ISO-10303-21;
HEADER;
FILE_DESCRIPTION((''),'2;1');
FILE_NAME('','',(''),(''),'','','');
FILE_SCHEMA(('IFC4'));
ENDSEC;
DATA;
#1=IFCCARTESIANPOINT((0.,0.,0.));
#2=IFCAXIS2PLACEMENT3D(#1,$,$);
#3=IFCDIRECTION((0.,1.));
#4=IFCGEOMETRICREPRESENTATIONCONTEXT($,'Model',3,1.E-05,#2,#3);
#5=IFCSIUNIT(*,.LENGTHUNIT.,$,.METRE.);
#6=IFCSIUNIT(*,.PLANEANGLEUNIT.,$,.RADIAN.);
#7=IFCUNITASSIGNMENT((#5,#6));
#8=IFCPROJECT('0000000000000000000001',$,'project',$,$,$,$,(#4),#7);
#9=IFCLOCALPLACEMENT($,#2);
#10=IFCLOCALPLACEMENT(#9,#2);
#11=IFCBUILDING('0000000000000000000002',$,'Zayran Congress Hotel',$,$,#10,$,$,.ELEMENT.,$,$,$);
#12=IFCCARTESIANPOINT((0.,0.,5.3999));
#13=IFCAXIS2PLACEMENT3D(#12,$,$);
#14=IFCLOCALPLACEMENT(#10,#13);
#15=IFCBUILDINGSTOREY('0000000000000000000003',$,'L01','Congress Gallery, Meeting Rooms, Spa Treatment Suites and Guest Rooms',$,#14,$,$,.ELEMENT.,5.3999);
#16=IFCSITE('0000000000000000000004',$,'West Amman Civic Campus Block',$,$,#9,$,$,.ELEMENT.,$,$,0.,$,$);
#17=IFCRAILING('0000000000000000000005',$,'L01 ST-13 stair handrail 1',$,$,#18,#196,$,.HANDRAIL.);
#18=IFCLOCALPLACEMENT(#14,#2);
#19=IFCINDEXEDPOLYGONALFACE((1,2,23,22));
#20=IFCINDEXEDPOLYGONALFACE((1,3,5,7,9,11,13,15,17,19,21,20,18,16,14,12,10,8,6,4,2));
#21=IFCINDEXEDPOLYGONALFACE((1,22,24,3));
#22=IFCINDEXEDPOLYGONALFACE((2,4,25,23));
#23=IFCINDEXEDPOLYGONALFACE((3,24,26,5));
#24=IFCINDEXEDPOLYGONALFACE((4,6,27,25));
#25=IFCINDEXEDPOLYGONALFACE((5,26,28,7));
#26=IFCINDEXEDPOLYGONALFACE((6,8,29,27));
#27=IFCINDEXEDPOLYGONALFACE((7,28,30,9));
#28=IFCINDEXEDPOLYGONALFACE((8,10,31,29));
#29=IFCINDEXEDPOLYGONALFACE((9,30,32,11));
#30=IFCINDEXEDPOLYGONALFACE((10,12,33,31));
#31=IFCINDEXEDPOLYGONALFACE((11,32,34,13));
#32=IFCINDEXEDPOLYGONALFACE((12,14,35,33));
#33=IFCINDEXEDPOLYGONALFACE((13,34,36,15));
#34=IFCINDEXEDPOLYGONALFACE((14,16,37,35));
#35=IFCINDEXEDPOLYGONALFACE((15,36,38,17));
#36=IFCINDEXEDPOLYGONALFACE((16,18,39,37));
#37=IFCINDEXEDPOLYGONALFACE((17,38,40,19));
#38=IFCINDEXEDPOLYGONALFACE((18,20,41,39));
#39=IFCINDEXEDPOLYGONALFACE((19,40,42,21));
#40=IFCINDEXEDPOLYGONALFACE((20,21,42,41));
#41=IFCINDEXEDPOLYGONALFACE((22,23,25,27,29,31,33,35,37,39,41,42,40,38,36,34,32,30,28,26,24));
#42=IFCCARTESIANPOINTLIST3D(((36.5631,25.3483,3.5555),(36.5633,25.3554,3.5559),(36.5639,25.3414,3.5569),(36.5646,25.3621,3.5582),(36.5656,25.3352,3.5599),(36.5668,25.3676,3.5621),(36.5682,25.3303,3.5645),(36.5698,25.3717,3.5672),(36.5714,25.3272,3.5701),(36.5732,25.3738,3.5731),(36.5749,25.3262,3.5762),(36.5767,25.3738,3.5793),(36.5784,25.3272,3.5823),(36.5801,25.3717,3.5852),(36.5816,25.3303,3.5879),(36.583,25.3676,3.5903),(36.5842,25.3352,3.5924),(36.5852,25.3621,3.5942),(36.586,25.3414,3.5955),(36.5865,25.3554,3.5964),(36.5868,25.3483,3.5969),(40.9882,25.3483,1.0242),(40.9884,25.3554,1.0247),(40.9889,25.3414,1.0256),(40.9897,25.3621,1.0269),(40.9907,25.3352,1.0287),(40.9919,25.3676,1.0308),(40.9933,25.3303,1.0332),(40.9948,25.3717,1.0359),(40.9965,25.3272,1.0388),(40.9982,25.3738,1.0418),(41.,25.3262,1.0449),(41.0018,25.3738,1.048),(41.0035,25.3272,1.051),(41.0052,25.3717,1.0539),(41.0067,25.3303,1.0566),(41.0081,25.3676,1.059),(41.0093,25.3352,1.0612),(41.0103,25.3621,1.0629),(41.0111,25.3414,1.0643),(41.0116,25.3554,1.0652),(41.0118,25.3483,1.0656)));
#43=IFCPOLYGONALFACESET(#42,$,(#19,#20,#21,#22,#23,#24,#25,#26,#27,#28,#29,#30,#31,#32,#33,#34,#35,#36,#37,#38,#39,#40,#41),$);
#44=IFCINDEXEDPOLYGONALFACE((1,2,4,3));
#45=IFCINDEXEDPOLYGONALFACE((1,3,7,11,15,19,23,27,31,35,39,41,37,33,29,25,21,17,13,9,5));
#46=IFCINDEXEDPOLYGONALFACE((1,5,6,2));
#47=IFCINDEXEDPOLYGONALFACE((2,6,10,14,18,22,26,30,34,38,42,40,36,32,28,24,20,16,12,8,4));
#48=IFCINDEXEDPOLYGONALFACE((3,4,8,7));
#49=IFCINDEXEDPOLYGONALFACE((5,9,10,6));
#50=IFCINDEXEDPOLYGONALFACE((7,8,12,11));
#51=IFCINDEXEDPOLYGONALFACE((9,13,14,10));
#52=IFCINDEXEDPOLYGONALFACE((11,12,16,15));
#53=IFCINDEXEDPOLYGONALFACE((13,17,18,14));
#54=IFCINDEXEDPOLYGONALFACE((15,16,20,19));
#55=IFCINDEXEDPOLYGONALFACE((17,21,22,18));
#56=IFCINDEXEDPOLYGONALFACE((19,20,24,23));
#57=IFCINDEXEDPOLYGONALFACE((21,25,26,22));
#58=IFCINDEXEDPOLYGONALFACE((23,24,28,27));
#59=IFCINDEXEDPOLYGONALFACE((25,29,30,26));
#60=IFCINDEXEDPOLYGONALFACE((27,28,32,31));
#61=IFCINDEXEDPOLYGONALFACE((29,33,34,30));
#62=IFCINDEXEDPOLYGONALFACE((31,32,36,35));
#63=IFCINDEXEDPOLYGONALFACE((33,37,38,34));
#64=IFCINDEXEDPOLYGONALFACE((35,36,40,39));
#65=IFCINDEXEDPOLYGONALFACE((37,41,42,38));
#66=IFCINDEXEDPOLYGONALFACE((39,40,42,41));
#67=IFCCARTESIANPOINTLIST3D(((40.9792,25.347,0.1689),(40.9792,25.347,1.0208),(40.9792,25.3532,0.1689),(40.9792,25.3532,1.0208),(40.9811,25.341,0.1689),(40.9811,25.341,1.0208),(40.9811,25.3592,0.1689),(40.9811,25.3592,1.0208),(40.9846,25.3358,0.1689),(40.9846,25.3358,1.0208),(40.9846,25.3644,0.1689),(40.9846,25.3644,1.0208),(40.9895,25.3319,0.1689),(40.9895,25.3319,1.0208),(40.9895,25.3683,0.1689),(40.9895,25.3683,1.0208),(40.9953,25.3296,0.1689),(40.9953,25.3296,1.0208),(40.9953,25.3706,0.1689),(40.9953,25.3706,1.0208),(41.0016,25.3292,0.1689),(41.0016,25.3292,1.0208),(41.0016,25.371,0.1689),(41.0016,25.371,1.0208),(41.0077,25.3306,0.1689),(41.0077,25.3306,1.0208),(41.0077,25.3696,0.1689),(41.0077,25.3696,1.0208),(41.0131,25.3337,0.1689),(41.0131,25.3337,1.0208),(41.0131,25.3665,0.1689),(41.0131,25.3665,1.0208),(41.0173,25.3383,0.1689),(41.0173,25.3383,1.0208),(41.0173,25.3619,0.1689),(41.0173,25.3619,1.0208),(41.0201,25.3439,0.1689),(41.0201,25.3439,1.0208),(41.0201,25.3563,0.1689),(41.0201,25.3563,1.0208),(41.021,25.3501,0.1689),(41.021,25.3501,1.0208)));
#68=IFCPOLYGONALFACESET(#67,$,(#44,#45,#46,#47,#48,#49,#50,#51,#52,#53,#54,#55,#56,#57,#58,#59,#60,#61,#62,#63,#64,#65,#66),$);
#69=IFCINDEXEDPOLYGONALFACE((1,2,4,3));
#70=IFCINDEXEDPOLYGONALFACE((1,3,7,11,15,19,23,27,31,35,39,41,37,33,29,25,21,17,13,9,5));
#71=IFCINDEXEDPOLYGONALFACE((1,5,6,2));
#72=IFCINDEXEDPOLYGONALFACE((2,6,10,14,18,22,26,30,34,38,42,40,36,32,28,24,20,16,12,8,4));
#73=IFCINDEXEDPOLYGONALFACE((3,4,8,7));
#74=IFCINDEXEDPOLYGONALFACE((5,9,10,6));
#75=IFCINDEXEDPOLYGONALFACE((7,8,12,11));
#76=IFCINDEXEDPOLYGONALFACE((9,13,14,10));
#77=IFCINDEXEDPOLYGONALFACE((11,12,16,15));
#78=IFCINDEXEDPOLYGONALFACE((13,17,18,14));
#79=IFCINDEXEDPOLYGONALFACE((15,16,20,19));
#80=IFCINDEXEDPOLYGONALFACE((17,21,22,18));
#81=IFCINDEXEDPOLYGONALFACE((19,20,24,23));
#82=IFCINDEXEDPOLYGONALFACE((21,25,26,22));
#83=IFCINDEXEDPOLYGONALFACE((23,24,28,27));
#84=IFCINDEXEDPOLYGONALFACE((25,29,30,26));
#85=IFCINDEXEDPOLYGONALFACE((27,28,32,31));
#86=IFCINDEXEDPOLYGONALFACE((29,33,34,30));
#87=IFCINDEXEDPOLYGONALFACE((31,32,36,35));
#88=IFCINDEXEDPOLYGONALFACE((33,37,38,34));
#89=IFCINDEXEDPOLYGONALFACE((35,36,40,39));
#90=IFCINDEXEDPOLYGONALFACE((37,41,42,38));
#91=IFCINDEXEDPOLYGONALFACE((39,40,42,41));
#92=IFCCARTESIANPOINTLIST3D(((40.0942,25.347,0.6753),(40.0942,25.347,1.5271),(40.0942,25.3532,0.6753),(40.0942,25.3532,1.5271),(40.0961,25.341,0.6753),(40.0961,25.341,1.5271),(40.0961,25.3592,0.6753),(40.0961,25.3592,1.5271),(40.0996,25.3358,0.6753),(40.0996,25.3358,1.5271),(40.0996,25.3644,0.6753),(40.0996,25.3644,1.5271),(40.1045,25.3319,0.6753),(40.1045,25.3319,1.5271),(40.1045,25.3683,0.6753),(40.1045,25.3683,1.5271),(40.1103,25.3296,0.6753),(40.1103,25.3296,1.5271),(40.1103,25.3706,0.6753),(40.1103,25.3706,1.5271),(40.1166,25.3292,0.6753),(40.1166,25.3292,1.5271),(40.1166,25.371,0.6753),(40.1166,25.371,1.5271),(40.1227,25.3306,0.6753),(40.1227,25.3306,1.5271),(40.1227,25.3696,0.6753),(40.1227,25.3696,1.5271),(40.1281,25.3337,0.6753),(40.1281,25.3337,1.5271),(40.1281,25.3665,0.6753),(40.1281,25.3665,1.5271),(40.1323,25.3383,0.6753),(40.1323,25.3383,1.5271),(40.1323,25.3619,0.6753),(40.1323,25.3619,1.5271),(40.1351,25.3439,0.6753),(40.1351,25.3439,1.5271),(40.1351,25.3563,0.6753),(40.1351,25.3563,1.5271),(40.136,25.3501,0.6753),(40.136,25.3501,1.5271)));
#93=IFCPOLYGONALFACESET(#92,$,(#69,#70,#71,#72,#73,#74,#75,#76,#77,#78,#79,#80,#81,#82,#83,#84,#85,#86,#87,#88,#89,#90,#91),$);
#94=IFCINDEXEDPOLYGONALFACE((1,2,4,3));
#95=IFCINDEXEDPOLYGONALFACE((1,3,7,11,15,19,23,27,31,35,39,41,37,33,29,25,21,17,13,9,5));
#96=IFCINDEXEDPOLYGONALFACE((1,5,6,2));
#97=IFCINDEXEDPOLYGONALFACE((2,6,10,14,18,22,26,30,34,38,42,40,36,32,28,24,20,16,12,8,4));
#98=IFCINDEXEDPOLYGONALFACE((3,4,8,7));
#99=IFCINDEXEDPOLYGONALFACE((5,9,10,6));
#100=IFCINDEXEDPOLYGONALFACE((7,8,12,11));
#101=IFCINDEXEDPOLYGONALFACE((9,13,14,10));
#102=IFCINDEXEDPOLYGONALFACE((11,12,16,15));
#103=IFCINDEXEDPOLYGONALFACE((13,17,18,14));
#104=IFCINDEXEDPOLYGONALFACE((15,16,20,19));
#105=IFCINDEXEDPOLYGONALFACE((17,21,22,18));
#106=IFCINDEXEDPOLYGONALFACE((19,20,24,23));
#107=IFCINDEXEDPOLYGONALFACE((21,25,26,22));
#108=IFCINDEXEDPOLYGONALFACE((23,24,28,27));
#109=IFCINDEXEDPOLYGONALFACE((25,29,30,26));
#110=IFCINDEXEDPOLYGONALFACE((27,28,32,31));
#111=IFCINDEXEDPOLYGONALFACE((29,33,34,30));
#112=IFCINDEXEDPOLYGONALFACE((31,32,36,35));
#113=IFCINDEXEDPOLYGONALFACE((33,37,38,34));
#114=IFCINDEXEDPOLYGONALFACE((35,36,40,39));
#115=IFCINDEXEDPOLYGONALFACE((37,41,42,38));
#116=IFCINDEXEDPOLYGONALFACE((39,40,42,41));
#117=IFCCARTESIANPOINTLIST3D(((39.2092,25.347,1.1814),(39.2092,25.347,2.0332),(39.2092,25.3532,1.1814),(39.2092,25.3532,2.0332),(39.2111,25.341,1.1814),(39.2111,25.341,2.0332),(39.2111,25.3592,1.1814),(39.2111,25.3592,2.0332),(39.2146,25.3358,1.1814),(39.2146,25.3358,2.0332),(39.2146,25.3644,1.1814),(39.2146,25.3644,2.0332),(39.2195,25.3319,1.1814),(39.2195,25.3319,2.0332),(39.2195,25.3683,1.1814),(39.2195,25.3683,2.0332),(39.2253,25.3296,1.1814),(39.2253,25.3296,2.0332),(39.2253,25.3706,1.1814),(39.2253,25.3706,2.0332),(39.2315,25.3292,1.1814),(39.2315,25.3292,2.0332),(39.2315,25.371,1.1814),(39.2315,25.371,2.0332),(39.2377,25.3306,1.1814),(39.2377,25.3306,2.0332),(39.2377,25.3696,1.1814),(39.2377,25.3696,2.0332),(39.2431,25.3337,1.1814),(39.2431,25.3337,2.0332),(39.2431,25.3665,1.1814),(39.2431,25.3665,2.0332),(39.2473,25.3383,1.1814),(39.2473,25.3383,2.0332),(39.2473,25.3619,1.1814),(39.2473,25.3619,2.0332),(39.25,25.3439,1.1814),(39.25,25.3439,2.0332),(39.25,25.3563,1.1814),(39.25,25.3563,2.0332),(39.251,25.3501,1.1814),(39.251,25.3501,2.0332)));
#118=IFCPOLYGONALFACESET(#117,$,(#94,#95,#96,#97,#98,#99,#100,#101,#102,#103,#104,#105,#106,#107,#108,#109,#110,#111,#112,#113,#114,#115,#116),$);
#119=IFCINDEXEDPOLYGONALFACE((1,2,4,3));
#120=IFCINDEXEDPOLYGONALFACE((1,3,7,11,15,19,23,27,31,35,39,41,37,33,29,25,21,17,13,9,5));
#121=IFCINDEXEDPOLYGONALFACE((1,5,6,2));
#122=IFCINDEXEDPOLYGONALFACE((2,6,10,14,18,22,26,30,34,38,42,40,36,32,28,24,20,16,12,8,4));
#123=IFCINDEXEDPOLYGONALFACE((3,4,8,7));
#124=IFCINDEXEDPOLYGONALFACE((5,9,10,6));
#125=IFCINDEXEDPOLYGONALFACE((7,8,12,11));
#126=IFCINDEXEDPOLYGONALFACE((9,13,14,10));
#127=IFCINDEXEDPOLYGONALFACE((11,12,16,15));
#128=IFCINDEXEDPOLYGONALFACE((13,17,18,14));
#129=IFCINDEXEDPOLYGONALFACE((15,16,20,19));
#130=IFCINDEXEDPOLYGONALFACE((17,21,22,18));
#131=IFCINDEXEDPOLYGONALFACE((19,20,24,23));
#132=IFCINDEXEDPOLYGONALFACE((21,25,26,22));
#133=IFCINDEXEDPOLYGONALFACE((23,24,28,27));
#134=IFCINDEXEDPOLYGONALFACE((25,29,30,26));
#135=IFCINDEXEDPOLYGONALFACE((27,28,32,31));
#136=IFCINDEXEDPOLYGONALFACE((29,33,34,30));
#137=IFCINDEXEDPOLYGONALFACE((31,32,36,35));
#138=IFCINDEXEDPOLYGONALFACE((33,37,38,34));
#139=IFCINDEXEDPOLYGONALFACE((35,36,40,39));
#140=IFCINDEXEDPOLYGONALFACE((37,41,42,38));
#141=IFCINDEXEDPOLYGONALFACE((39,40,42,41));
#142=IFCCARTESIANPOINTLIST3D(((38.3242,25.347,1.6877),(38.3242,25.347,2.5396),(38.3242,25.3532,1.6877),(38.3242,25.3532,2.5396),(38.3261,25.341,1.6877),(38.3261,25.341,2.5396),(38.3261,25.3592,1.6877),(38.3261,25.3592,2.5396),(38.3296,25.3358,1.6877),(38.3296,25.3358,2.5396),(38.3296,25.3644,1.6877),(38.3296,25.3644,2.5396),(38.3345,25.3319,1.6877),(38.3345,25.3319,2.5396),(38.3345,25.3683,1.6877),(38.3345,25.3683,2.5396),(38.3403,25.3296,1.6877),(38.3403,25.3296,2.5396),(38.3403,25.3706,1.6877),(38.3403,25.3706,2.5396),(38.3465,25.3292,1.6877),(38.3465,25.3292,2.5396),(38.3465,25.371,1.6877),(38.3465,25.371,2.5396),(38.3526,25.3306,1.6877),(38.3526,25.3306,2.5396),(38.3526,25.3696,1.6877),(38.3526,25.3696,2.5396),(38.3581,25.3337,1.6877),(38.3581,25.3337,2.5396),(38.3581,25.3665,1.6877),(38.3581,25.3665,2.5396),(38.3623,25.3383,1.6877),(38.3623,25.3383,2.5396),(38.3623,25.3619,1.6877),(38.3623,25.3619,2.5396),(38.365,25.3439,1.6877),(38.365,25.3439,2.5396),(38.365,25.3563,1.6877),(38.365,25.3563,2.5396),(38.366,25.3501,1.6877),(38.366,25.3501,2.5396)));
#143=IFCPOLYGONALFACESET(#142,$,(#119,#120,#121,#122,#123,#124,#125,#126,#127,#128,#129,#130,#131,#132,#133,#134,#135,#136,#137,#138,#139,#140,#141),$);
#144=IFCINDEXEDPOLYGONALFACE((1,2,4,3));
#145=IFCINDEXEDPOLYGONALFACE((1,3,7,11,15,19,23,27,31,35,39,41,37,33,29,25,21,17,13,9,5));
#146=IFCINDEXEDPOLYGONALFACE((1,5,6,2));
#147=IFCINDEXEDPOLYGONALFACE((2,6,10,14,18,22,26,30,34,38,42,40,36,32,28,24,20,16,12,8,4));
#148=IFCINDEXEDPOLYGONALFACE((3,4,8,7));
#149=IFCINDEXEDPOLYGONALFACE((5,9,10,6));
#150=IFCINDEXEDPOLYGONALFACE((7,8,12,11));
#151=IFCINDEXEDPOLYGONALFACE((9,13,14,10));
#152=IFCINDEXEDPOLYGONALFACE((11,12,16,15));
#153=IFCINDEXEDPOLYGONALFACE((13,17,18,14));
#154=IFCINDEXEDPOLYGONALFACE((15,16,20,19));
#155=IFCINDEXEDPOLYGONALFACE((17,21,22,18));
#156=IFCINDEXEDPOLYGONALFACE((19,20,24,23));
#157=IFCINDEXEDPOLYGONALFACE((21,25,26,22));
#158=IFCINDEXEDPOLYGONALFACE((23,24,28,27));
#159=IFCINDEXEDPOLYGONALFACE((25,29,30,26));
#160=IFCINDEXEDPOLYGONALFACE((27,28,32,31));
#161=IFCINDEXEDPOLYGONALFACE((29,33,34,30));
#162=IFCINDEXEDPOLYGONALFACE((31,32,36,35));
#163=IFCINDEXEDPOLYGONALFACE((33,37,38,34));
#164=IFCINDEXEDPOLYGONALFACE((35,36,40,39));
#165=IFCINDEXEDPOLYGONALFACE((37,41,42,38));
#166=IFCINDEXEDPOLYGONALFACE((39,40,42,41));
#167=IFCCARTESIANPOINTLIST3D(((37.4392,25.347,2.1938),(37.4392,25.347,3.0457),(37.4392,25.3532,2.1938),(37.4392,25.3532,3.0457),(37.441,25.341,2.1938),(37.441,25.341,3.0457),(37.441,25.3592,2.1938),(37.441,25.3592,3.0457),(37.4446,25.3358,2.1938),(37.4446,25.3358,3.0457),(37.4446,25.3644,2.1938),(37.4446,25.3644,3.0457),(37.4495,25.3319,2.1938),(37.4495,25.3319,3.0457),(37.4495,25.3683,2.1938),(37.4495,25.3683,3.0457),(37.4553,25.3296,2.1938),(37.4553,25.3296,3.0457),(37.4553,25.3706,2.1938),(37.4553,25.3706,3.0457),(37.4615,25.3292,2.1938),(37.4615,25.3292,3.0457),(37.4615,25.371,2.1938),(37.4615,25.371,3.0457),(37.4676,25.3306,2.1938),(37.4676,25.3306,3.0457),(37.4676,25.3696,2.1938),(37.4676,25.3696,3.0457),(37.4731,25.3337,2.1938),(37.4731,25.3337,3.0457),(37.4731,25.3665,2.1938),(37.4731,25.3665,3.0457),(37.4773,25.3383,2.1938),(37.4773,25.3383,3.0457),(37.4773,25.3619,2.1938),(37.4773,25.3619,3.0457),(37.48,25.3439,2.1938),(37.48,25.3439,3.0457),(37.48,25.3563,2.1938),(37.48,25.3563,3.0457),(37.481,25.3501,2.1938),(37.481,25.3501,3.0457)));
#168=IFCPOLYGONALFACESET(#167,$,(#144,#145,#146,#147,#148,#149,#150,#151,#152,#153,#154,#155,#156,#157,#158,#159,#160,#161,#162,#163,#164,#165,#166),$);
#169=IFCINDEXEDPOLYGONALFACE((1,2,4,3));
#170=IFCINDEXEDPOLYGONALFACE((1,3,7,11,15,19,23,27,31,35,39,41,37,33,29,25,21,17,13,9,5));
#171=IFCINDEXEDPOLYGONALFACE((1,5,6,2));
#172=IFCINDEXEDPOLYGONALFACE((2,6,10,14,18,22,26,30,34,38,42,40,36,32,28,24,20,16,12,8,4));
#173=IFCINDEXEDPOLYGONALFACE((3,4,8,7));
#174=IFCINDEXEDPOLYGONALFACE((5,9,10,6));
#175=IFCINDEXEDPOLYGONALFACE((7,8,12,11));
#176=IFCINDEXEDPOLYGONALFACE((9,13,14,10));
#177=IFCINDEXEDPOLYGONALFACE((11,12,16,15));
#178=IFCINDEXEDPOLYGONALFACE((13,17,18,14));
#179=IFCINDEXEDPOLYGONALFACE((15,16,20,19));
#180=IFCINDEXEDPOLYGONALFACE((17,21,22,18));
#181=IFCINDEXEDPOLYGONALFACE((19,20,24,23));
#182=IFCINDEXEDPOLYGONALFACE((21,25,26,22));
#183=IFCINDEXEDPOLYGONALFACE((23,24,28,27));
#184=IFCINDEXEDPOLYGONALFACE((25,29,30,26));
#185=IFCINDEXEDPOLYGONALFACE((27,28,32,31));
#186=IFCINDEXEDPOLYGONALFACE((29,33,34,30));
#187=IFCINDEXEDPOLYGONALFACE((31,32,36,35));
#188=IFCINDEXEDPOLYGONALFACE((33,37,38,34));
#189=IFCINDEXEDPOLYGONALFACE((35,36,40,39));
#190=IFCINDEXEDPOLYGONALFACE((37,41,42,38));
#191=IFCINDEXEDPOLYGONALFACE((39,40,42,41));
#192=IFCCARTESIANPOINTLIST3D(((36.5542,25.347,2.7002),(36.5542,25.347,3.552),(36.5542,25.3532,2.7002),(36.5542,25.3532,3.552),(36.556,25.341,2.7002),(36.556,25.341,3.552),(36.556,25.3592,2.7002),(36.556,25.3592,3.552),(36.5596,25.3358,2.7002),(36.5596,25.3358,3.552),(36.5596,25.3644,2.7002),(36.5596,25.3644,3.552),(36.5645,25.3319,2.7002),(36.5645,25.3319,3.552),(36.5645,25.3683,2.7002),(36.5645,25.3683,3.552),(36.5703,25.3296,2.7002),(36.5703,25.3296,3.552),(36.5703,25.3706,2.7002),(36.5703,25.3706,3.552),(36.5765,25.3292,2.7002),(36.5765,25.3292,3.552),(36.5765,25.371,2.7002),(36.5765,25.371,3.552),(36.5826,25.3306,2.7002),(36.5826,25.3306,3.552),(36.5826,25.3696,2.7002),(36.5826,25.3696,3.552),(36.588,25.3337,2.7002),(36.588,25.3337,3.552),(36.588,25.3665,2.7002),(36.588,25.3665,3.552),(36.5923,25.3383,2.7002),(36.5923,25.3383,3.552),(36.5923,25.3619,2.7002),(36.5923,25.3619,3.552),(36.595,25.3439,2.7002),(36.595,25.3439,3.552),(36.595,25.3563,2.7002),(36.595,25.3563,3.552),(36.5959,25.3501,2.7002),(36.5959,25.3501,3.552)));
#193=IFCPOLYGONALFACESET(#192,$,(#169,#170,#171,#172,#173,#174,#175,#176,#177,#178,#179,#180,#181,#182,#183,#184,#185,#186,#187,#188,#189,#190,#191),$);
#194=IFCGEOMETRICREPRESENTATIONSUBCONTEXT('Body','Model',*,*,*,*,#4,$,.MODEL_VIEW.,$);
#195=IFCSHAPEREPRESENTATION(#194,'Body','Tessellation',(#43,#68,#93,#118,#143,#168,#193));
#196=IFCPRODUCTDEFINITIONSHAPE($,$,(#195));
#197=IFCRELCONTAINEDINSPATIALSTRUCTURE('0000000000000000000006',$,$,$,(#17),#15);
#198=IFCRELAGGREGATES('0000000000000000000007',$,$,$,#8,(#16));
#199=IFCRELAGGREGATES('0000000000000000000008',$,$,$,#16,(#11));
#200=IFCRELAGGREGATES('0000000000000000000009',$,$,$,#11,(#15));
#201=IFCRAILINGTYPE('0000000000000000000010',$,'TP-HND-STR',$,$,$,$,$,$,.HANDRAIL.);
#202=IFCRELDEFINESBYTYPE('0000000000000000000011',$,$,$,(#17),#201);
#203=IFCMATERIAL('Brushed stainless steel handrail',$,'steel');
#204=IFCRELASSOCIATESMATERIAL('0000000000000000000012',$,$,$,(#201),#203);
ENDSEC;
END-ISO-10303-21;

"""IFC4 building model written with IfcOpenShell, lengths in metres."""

from ifc_helpers import new_model, si_unit, direction, frame, origin, origin_2d, place, context, subcontext, project, spatial, circle, extrude, material, type_object, element, save


model = new_model("IFC4")

# Units and contexts
model_context = context("Model", 3, precision=1e-05, world=origin(), true_north=direction((0.0, 1.0)))
body_context = subcontext(model_context, "Body", "Model", "MODEL_VIEW")
ifc_project = project(units=[si_unit("LENGTHUNIT", "METRE"), si_unit("PLANEANGLEUNIT", "RADIAN")], contexts=[model_context])

# Site, building, storey
site_placement = place(None, origin())
site = spatial("IfcSite", under=ifc_project, at=site_placement, Name="West Amman Civic Campus Block", CompositionType="ELEMENT", RefElevation=0.0)
building_placement = place(site_placement, origin())
building = spatial("IfcBuilding", under=site, at=building_placement, Name="Zayran Congress Hotel", CompositionType="ELEMENT")
storey_placement = place(building_placement, frame((0.0, 0.0, 5.3999)))
storey = spatial("IfcBuildingStorey", under=building, at=storey_placement, Name="L01", Description="Congress Gallery, Meeting Rooms, Spa Treatment Suites and Guest Rooms", CompositionType="ELEMENT", Elevation=5.3999)

# Railing
ifc_material_1 = material(Name="Brushed stainless steel handrail", Category="steel")
railing_type_1 = type_object("IfcRailingType", Name="TP-HND-STR", PredefinedType="HANDRAIL", material=ifc_material_1)
railing_1_placement = place(storey_placement, frame((41.0, 25.3501, 0.1689)))
element("IfcRailing", 1, at=railing_1_placement, inside=storey, type_object=railing_type_1, Name="L01 ST-13 stair handrail 1", PredefinedType="HANDRAIL", context=body_context, shape_type="SweptSolid", body=[
    extrude(circle(Radius=0.0239, at=origin_2d()), frame((0.0, 0.0, 0.876), z_axis=(-0.868019, 0.0, 0.496531), x_axis=(0.0, -1.0, 0.0)), (0.0, 0.0, 1.0), 5.0979),
    extrude(circle(Radius=0.021, at=origin_2d()), origin(), (0.0, 0.0, 1.0), 0.8518),
    extrude(circle(Radius=0.021, at=origin_2d()), frame((-0.885, 0.0, 0.5063)), (0.0, 0.0, 1.0), 0.8518),
    extrude(circle(Radius=0.021, at=origin_2d()), frame((-1.77, 0.0, 1.0125)), (0.0, 0.0, 1.0), 0.8518),
    extrude(circle(Radius=0.021, at=origin_2d()), frame((-2.655, 0.0, 1.5188)), (0.0, 0.0, 1.0), 0.8518),
    extrude(circle(Radius=0.021, at=origin_2d()), frame((-3.54, 0.0, 2.0249)), (0.0, 0.0, 1.0), 0.8518),
    extrude(circle(Radius=0.021, at=origin_2d()), frame((-4.425, 0.0, 2.5312)), (0.0, 0.0, 1.0), 0.8518),
])

save(model, "model.ifc")
